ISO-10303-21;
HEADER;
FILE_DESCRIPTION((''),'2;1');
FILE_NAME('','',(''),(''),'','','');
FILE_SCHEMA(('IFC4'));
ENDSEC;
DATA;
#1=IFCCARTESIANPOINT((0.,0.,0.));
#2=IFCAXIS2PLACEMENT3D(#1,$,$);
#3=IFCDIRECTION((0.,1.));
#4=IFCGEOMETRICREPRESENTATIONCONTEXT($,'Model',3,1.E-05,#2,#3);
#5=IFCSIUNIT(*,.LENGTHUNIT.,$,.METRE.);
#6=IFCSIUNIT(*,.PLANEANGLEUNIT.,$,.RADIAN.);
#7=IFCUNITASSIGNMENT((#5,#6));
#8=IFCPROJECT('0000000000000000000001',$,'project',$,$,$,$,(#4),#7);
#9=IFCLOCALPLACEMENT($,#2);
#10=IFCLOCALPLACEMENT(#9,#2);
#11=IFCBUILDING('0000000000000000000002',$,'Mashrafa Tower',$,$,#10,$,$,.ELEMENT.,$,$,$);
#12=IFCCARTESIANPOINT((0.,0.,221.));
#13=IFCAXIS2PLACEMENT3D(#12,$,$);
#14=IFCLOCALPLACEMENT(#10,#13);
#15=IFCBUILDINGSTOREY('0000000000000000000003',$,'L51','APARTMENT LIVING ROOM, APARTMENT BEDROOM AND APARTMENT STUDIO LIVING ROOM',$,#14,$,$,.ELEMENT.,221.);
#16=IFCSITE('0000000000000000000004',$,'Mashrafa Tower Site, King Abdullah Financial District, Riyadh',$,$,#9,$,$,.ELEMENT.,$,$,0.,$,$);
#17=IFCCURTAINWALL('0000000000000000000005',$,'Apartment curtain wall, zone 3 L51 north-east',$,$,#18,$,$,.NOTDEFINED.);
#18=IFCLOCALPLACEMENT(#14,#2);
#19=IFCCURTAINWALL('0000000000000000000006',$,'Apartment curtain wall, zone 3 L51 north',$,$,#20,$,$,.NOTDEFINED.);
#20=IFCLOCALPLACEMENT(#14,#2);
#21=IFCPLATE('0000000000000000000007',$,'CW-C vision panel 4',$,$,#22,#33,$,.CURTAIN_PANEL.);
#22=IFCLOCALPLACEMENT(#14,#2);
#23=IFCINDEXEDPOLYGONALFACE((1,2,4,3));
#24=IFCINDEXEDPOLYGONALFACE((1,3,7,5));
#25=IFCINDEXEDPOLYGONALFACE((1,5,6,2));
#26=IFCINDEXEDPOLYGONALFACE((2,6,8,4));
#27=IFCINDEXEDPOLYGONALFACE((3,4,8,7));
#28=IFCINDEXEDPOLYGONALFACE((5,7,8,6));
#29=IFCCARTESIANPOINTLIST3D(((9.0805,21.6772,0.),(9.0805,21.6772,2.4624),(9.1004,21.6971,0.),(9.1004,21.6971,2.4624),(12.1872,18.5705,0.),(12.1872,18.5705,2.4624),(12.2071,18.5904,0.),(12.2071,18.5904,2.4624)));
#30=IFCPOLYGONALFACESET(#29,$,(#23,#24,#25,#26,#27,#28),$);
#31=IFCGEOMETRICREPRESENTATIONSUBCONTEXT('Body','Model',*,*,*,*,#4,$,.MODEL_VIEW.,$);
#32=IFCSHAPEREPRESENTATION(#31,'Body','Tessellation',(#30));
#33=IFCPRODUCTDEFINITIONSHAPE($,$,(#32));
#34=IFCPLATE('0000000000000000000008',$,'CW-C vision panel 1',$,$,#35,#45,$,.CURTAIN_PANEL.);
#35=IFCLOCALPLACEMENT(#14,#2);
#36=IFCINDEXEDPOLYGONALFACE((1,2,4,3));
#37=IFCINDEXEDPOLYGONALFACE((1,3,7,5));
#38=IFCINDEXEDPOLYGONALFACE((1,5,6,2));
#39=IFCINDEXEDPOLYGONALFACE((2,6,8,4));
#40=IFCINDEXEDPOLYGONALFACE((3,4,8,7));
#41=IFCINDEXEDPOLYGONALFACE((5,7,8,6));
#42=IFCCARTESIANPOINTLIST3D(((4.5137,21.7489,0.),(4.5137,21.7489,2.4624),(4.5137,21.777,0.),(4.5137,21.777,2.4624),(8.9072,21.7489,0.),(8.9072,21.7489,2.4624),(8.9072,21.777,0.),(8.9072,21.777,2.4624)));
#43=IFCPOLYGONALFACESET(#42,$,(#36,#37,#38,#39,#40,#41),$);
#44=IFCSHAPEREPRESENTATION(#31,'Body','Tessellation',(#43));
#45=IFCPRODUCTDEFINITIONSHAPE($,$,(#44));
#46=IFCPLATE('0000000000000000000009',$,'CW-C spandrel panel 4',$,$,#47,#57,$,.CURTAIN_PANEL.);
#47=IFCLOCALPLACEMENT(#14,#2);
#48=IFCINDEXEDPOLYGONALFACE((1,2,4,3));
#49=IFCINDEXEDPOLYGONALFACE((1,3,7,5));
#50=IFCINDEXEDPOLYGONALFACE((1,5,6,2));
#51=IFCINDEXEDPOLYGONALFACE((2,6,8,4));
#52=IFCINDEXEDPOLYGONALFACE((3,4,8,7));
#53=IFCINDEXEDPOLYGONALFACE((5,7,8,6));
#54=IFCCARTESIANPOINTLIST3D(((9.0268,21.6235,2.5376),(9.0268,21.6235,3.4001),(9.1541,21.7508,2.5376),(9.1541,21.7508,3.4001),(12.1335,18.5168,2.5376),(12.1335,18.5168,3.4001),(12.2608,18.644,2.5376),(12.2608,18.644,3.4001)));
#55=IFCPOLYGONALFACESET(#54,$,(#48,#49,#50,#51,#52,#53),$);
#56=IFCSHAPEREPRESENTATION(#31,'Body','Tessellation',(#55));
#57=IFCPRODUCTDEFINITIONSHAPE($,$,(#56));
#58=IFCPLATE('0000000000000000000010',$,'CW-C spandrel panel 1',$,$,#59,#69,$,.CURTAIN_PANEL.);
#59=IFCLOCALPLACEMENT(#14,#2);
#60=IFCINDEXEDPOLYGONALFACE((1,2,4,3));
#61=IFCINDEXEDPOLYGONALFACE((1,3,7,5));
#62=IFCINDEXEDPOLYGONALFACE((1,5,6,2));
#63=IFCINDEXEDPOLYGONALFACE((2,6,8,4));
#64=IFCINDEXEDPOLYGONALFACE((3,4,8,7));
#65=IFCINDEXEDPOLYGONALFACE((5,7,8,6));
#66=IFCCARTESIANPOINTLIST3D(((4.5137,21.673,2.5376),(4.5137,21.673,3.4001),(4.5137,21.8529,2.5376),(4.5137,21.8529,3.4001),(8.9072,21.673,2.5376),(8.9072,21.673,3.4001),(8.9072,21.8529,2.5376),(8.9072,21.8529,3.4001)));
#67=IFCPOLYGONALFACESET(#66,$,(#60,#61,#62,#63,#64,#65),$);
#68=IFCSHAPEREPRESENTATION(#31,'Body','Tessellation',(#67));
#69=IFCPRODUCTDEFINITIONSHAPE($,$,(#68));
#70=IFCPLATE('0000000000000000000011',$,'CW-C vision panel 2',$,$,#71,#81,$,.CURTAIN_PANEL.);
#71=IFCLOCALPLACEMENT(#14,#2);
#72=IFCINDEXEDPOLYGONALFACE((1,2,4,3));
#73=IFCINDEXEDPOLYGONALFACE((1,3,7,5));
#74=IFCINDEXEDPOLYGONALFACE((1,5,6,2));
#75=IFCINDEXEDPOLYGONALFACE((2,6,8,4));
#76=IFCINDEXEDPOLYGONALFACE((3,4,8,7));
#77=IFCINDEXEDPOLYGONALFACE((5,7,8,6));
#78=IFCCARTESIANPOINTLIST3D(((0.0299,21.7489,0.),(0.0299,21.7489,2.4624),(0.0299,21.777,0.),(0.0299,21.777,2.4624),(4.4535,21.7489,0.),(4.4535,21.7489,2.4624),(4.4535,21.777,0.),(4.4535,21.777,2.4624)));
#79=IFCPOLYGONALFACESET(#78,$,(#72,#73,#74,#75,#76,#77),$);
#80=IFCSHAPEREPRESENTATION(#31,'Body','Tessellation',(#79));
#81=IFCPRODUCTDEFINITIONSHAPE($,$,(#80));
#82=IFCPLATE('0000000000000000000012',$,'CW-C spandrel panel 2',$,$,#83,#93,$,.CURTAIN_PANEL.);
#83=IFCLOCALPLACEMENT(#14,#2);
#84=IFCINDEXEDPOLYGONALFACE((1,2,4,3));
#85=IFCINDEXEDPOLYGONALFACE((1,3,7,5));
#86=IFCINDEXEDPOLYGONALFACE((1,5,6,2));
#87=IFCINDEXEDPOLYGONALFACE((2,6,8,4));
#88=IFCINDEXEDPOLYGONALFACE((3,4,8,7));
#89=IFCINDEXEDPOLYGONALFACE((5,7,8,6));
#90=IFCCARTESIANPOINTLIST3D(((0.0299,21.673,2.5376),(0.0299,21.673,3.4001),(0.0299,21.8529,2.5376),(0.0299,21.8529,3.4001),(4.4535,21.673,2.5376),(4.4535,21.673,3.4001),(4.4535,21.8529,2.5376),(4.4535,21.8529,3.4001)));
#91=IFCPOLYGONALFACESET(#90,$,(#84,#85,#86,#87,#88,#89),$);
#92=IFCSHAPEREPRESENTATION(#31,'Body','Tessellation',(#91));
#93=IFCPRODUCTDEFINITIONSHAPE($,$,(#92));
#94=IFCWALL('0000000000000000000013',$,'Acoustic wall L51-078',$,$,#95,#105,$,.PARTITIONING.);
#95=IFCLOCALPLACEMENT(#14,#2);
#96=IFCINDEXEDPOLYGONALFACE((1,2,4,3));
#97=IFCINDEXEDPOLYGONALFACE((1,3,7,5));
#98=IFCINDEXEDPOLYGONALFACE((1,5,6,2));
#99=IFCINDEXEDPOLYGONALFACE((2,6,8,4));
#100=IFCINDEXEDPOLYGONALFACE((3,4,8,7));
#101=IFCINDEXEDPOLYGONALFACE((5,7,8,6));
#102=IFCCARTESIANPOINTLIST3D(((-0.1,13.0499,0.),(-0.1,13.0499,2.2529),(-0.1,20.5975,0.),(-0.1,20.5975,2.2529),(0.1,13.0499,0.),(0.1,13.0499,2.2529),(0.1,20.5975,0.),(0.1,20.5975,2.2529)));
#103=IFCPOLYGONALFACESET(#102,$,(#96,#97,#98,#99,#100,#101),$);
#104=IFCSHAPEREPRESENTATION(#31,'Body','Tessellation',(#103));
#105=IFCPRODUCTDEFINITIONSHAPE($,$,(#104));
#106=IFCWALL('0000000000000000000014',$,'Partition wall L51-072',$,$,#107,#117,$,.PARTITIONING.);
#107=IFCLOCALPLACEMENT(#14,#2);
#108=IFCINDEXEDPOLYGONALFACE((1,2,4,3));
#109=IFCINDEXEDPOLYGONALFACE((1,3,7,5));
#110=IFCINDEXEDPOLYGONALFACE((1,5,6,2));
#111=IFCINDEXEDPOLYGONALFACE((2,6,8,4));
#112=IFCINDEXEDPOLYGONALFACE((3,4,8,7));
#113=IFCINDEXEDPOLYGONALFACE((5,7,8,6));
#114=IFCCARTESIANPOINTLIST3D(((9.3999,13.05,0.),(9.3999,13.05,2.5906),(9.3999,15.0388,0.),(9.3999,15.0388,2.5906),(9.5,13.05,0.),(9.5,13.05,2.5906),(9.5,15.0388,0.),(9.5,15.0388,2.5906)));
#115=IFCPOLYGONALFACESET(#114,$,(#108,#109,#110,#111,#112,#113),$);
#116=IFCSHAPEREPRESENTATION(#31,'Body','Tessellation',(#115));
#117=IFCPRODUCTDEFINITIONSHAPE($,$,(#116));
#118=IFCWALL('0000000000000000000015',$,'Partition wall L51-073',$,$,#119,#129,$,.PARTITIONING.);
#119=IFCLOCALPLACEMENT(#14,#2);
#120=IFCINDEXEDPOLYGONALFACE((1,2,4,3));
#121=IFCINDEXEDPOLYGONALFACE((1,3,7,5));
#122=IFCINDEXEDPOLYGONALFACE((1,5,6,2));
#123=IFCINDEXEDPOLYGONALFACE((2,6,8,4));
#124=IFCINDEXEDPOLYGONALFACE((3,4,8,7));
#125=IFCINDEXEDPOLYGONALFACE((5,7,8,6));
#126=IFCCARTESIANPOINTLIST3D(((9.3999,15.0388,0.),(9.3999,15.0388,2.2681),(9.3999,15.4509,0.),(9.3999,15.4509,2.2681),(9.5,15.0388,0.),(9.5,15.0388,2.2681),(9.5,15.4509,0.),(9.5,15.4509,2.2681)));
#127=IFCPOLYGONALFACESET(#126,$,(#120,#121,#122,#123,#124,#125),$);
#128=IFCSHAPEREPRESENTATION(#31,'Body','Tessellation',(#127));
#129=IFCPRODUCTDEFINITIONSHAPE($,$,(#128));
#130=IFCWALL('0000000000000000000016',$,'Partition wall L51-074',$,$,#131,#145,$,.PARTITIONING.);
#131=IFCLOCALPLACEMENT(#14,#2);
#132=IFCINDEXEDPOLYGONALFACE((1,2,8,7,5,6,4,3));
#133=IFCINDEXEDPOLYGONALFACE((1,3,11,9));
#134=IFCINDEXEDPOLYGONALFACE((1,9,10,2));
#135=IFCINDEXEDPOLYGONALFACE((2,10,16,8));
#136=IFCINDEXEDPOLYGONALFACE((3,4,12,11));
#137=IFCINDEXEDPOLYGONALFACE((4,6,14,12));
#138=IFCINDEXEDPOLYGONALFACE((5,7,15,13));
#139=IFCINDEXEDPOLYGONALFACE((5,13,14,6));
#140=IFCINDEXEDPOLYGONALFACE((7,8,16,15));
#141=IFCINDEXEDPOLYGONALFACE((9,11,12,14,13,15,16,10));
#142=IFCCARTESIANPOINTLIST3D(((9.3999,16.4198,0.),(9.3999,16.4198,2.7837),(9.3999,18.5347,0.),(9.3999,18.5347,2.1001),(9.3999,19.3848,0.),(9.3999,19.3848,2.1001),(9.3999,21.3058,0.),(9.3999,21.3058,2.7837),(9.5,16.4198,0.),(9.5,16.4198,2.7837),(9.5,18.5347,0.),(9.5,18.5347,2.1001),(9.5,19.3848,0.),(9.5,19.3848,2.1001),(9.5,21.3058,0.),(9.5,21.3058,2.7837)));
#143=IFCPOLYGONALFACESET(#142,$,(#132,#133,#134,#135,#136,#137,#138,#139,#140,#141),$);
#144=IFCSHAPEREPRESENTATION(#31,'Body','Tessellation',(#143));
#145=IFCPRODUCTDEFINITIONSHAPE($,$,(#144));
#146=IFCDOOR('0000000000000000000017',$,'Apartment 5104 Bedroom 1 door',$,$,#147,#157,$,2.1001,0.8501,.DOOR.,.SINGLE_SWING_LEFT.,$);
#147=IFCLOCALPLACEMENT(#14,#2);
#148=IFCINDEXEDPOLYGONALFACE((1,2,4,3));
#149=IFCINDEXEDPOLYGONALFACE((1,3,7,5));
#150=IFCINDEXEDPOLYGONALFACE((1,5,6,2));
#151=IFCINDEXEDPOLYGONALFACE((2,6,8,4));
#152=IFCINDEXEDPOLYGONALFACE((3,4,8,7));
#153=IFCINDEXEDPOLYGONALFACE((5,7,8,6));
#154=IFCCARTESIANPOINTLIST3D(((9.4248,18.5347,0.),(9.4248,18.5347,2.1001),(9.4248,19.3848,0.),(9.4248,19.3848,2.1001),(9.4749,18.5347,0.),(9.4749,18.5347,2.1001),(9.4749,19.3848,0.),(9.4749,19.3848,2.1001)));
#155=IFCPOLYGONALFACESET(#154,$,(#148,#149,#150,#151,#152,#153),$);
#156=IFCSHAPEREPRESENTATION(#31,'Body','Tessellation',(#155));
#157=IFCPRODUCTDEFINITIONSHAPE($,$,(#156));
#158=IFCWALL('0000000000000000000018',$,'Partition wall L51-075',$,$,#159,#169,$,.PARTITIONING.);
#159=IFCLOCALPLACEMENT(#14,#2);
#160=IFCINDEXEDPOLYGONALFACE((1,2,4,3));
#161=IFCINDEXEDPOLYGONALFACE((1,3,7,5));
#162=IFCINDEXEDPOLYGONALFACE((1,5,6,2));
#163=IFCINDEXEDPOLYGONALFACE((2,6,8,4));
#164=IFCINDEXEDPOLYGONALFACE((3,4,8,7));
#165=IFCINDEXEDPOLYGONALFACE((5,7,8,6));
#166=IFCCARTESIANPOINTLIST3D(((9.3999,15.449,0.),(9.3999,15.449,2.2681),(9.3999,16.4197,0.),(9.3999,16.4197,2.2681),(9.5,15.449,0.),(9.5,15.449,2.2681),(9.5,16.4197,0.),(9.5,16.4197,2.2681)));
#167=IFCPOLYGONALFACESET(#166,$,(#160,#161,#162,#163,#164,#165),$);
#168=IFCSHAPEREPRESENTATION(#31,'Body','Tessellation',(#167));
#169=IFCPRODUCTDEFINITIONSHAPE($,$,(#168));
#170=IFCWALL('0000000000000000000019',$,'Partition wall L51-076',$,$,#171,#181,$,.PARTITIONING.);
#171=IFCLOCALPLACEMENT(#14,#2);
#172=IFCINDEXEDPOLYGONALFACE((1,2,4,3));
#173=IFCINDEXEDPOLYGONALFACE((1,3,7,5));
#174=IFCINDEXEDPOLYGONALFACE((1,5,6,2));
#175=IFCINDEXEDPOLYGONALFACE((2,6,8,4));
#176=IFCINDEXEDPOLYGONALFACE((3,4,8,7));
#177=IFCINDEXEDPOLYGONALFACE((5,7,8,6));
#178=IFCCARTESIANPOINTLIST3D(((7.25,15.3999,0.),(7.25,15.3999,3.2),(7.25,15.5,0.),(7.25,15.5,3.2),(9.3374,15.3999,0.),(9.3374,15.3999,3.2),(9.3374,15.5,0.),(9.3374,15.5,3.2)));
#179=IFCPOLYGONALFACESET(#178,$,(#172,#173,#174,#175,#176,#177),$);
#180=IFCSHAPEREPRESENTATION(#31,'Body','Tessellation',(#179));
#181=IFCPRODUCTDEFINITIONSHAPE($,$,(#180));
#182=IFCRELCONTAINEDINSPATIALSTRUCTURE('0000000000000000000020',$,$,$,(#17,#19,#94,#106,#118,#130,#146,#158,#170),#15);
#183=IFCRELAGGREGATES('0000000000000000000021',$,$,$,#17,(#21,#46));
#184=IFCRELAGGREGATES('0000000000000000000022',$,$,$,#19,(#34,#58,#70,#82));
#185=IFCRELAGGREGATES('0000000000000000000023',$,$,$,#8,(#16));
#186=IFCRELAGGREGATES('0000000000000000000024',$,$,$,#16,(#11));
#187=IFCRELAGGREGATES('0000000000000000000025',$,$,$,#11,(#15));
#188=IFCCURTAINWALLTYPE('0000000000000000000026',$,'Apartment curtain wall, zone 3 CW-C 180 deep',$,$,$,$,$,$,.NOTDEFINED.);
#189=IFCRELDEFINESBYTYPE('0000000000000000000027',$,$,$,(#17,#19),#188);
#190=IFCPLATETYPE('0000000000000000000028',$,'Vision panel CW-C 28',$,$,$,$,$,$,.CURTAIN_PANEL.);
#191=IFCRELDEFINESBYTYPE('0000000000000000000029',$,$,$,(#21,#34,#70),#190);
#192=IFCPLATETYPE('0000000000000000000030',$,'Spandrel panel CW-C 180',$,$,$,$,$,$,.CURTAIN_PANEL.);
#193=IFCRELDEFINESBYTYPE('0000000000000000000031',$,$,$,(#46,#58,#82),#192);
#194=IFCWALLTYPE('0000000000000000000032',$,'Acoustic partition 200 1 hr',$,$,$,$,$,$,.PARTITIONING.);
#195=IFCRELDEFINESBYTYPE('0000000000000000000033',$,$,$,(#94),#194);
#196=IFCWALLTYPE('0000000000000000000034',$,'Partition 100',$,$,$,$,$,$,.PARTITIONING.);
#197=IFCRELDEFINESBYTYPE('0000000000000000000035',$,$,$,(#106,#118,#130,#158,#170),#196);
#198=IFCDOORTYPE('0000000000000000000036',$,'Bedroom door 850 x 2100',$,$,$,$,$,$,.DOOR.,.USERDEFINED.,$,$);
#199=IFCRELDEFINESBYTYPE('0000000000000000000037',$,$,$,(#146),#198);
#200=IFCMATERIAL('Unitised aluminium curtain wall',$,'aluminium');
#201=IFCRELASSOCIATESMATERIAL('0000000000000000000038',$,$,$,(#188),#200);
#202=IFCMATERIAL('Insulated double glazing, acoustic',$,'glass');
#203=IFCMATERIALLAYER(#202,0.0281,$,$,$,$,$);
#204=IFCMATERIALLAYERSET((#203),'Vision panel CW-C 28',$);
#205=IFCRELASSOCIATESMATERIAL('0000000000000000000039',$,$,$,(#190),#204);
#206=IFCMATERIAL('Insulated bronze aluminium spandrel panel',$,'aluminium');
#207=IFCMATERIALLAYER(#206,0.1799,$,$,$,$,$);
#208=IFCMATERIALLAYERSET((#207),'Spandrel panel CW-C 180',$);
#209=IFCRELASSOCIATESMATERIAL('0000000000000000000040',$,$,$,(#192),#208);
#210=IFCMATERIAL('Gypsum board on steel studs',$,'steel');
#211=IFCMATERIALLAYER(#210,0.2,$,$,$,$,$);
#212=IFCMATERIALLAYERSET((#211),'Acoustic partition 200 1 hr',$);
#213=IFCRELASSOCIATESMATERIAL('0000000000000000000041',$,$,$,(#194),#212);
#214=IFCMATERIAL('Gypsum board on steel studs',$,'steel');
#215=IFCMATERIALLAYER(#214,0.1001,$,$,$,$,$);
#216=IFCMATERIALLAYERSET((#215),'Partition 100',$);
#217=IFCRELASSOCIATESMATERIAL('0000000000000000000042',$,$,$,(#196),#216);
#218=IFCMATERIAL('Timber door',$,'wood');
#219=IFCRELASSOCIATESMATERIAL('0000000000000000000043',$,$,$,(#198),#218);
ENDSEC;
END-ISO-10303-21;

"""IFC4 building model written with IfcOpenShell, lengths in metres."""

from ifc_helpers import new_model, si_unit, direction, frame, frame_2d, origin, origin_2d, place, context, subcontext, project, spatial, rectangle, extrude, source, transform, mapped, material, layer, layer_set, type_object, type_shapes, element, fill, aggregate, save


model = new_model("IFC4")

# Units and contexts
model_context = context("Model", 3, precision=1e-05, world=origin(), true_north=direction((0.0, 1.0)))
body_context = subcontext(model_context, "Body", "Model", "MODEL_VIEW")
ifc_project = project(units=[si_unit("LENGTHUNIT", "METRE"), si_unit("PLANEANGLEUNIT", "RADIAN")], contexts=[model_context])

# Site, building, storey
site_placement = place(None, origin())
site = spatial("IfcSite", under=ifc_project, at=site_placement, Name="Mashrafa Tower Site, King Abdullah Financial District, Riyadh", CompositionType="ELEMENT", RefElevation=0.0)
building_placement = place(site_placement, origin())
building = spatial("IfcBuilding", under=site, at=building_placement, Name="Mashrafa Tower", CompositionType="ELEMENT")
storey_placement = place(building_placement, frame((0.0, 0.0, 221.0)))
storey = spatial("IfcBuildingStorey", under=building, at=storey_placement, Name="L51", Description="APARTMENT LIVING ROOM, APARTMENT BEDROOM AND APARTMENT STUDIO LIVING ROOM", CompositionType="ELEMENT", Elevation=221.0)

# Curtain wall
ifc_material_1 = material(Name="Unitised aluminium curtain wall", Category="aluminium")
curtain_wall_type = type_object("IfcCurtainWallType", Name="Apartment curtain wall, zone 3 CW-C 180 deep", PredefinedType="NOTDEFINED", material=ifc_material_1)
curtain_wall_1_placement = place(storey_placement, origin())
curtain_wall_1 = element("IfcCurtainWall", 1, at=curtain_wall_1_placement, inside=storey, type_object=curtain_wall_type, Name="Apartment curtain wall, zone 3 L51 north-east", PredefinedType="NOTDEFINED")

# Curtain wall
curtain_wall_2_placement = place(storey_placement, origin())
curtain_wall_2 = element("IfcCurtainWall", 2, at=curtain_wall_2_placement, inside=storey, type_object=curtain_wall_type, Name="Apartment curtain wall, zone 3 L51 north", PredefinedType="NOTDEFINED")

# Plates
ifc_material_2 = material(Name="Insulated double glazing, acoustic", Category="glass")
ifc_layer_1 = layer(ifc_material_2, 0.0281)
ifc_layer_set_1 = layer_set([ifc_layer_1], Name="Vision panel CW-C 28")
plate_type_1 = type_object("IfcPlateType", Name="Vision panel CW-C 28", PredefinedType="CURTAIN_PANEL", material=ifc_layer_set_1)
shared_shape_1 = source(origin(), body_context, "Body", "SweptSolid", [
    extrude(rectangle(XDim=4.3936, YDim=0.0281, at=origin_2d()), origin(), (0.0, 0.0, 1.0), 2.4624),
])
plate_1_placement = place(storey_placement, frame((10.6438, 20.1338, 0.0), z_axis=(0.0, 0.0, 1.0), x_axis=(-0.707107, 0.707107, 0.0)))
plate_1 = element("IfcPlate", 3, at=plate_1_placement, type_object=plate_type_1, Name="CW-C vision panel 4", PredefinedType="CURTAIN_PANEL", context=body_context, shape_type="MappedRepresentation", body=[
    mapped(shared_shape_1, transform((0.0, 0.0, 0.0))),
])
plate_2_placement = place(storey_placement, frame((6.7104, 21.7629, 0.0), z_axis=(0.0, 0.0, 1.0), x_axis=(-1.0, 0.0, 0.0)))
plate_2 = element("IfcPlate", 4, at=plate_2_placement, type_object=plate_type_1, Name="CW-C vision panel 1", PredefinedType="CURTAIN_PANEL", context=body_context, shape_type="MappedRepresentation", body=[
    mapped(shared_shape_1, transform((0.0, 0.0, 0.0))),
])
ifc_material_3 = material(Name="Insulated bronze aluminium spandrel panel", Category="aluminium")
ifc_layer_2 = layer(ifc_material_3, 0.1799)
ifc_layer_set_2 = layer_set([ifc_layer_2], Name="Spandrel panel CW-C 180")
plate_type_2 = type_object("IfcPlateType", Name="Spandrel panel CW-C 180", PredefinedType="CURTAIN_PANEL", material=ifc_layer_set_2)
shared_shape_2 = source(origin(), body_context, "Body", "SweptSolid", [
    extrude(rectangle(XDim=4.3936, YDim=0.1799, at=origin_2d()), origin(), (0.0, 0.0, 1.0), 0.8625),
])
plate_3_placement = place(storey_placement, frame((10.6438, 20.1338, 2.5376), z_axis=(0.0, 0.0, 1.0), x_axis=(-0.707107, 0.707107, 0.0)))
plate_3 = element("IfcPlate", 5, at=plate_3_placement, type_object=plate_type_2, Name="CW-C spandrel panel 4", PredefinedType="CURTAIN_PANEL", context=body_context, shape_type="MappedRepresentation", body=[
    mapped(shared_shape_2, transform((0.0, 0.0, 0.0))),
])
aggregate(curtain_wall_1, [plate_1, plate_3])
plate_4_placement = place(storey_placement, frame((6.7104, 21.7629, 2.5376), z_axis=(0.0, 0.0, 1.0), x_axis=(-1.0, 0.0, 0.0)))
plate_4 = element("IfcPlate", 6, at=plate_4_placement, type_object=plate_type_2, Name="CW-C spandrel panel 1", PredefinedType="CURTAIN_PANEL", context=body_context, shape_type="MappedRepresentation", body=[
    mapped(shared_shape_2, transform((0.0, 0.0, 0.0))),
])
shared_shape_3 = source(origin(), body_context, "Body", "SweptSolid", [
    extrude(rectangle(XDim=4.4236, YDim=0.0281, at=origin_2d()), origin(), (0.0, 0.0, 1.0), 2.4624),
])
type_shapes(plate_type_1, [shared_shape_1, shared_shape_3])
plate_5_placement = place(storey_placement, frame((2.2417, 21.7629, 0.0), z_axis=(0.0, 0.0, 1.0), x_axis=(-1.0, 0.0, 0.0)))
plate_5 = element("IfcPlate", 7, at=plate_5_placement, type_object=plate_type_1, Name="CW-C vision panel 2", PredefinedType="CURTAIN_PANEL", context=body_context, shape_type="MappedRepresentation", body=[
    mapped(shared_shape_3, transform((0.0, 0.0, 0.0))),
])
shared_shape_4 = source(origin(), body_context, "Body", "SweptSolid", [
    extrude(rectangle(XDim=4.4236, YDim=0.1799, at=origin_2d()), origin(), (0.0, 0.0, 1.0), 0.8625),
])
type_shapes(plate_type_2, [shared_shape_2, shared_shape_4])
plate_6_placement = place(storey_placement, frame((2.2417, 21.7629, 2.5376), z_axis=(0.0, 0.0, 1.0), x_axis=(-1.0, 0.0, 0.0)))
plate_6 = element("IfcPlate", 8, at=plate_6_placement, type_object=plate_type_2, Name="CW-C spandrel panel 2", PredefinedType="CURTAIN_PANEL", context=body_context, shape_type="MappedRepresentation", body=[
    mapped(shared_shape_4, transform((0.0, 0.0, 0.0))),
])
aggregate(curtain_wall_2, [plate_2, plate_4, plate_5, plate_6])

# Walls
ifc_material_4 = material(Name="Gypsum board on steel studs", Category="steel")
ifc_layer_3 = layer(ifc_material_4, 0.2)
ifc_layer_set_3 = layer_set([ifc_layer_3], Name="Acoustic partition 200 1 hr")
wall_type_1 = type_object("IfcWallType", Name="Acoustic partition 200 1 hr", PredefinedType="PARTITIONING", material=ifc_layer_set_3)
wall_1_placement = place(storey_placement, frame((0.0, 20.5977, 0.0), z_axis=(0.0, 0.0, 1.0), x_axis=(0.0, -1.0, 0.0)))
element("IfcWall", 9, at=wall_1_placement, inside=storey, type_object=wall_type_1, Name="Acoustic wall L51-078", PredefinedType="PARTITIONING", context=body_context, shape_type="SweptSolid", body=[
    extrude(rectangle(XDim=7.5476, YDim=0.2, at=frame_2d((3.7739, 0.0))), origin(), (0.0, 0.0, 1.0), 2.2529),
])
ifc_material_5 = material(Name="Gypsum board on steel studs", Category="steel")
ifc_layer_4 = layer(ifc_material_5, 0.1001)
ifc_layer_set_4 = layer_set([ifc_layer_4], Name="Partition 100")
wall_type_2 = type_object("IfcWallType", Name="Partition 100", PredefinedType="PARTITIONING", material=ifc_layer_set_4)
wall_2_placement = place(storey_placement, frame((9.45, 15.0388, 0.0), z_axis=(0.0, 0.0, 1.0), x_axis=(0.0, -1.0, 0.0)))
element("IfcWall", 10, at=wall_2_placement, inside=storey, type_object=wall_type_2, Name="Partition wall L51-072", PredefinedType="PARTITIONING", context=body_context, shape_type="SweptSolid", body=[
    extrude(rectangle(XDim=1.9888, YDim=0.1001, at=frame_2d((0.9944, 0.0))), origin(), (0.0, 0.0, 1.0), 2.5906),
])
wall_3_placement = place(storey_placement, frame((9.45, 15.4509, 0.0), z_axis=(0.0, 0.0, 1.0), x_axis=(0.0, -1.0, 0.0)))
element("IfcWall", 11, at=wall_3_placement, inside=storey, type_object=wall_type_2, Name="Partition wall L51-073", PredefinedType="PARTITIONING", context=body_context, shape_type="SweptSolid", body=[
    extrude(rectangle(XDim=0.4121, YDim=0.1001, at=frame_2d((0.2061, 0.0))), origin(), (0.0, 0.0, 1.0), 2.2681),
])

# Wall, opening, door
wall_4_placement = place(storey_placement, frame((9.45, 21.3057, 0.0), z_axis=(0.0, 0.0, 1.0), x_axis=(0.0, -1.0, 0.0)))
wall_4 = element("IfcWall", 12, at=wall_4_placement, inside=storey, type_object=wall_type_2, Name="Partition wall L51-074", PredefinedType="PARTITIONING", context=body_context, shape_type="SweptSolid", body=[
    extrude(rectangle(XDim=4.886, YDim=0.1001, at=frame_2d((2.4429, 0.0))), origin(), (0.0, 0.0, 1.0), 2.7837),
])
opening_1_placement = place(wall_4_placement, frame((1.9209, 0.0, 0.0)))
opening_1 = element("IfcOpeningElement", 13, at=opening_1_placement, cuts=wall_4, PredefinedType="OPENING", context=body_context, shape_type="SweptSolid", body=[
    extrude(rectangle(XDim=0.8501, YDim=2.1001, at=frame_2d((0.425, 1.05))), frame((0.0, 0.0601, 0.0), z_axis=(0.0, -1.0, 0.0), x_axis=(1.0, 0.0, 0.0)), (0.0, 0.0, 1.0), 0.1201),
])
ifc_material_6 = material(Name="Timber door", Category="wood")
door_type_1 = type_object("IfcDoorType", Name="Bedroom door 850 x 2100", OperationType="USERDEFINED", PredefinedType="DOOR", material=ifc_material_6)
door_1_placement = place(opening_1_placement, origin())
door_1 = element("IfcDoor", 14, at=door_1_placement, inside=storey, type_object=door_type_1, Name="Apartment 5104 Bedroom 1 door", OperationType="SINGLE_SWING_LEFT", OverallHeight=2.1001, OverallWidth=0.8501, PredefinedType="DOOR", context=body_context, shape_type="SweptSolid", body=[
    extrude(rectangle(XDim=0.8501, YDim=2.1001, at=frame_2d((0.425, 1.05))), frame((0.0, 0.0249, 0.0), z_axis=(0.0, -1.0, 0.0), x_axis=(1.0, 0.0, 0.0)), (0.0, 0.0, 1.0), 0.05),
])
fill(opening_1, door_1)

# Walls
wall_5_placement = place(storey_placement, frame((9.45, 16.4197, 0.0), z_axis=(0.0, 0.0, 1.0), x_axis=(0.0, -1.0, 0.0)))
element("IfcWall", 15, at=wall_5_placement, inside=storey, type_object=wall_type_2, Name="Partition wall L51-075", PredefinedType="PARTITIONING", context=body_context, shape_type="SweptSolid", body=[
    extrude(rectangle(XDim=0.9707, YDim=0.1001, at=frame_2d((0.4854, 0.0))), origin(), (0.0, 0.0, 1.0), 2.2681),
])
wall_6_placement = place(storey_placement, frame((9.3374, 15.45, 0.0), z_axis=(0.0, 0.0, 1.0), x_axis=(-1.0, 0.0, 0.0)))
element("IfcWall", 16, at=wall_6_placement, inside=storey, type_object=wall_type_2, Name="Partition wall L51-076", PredefinedType="PARTITIONING", context=body_context, shape_type="SweptSolid", body=[
    extrude(rectangle(XDim=2.0874, YDim=0.1001, at=frame_2d((1.0437, 0.0))), origin(), (0.0, 0.0, 1.0), 3.2),
])

save(model, "model.ifc")
